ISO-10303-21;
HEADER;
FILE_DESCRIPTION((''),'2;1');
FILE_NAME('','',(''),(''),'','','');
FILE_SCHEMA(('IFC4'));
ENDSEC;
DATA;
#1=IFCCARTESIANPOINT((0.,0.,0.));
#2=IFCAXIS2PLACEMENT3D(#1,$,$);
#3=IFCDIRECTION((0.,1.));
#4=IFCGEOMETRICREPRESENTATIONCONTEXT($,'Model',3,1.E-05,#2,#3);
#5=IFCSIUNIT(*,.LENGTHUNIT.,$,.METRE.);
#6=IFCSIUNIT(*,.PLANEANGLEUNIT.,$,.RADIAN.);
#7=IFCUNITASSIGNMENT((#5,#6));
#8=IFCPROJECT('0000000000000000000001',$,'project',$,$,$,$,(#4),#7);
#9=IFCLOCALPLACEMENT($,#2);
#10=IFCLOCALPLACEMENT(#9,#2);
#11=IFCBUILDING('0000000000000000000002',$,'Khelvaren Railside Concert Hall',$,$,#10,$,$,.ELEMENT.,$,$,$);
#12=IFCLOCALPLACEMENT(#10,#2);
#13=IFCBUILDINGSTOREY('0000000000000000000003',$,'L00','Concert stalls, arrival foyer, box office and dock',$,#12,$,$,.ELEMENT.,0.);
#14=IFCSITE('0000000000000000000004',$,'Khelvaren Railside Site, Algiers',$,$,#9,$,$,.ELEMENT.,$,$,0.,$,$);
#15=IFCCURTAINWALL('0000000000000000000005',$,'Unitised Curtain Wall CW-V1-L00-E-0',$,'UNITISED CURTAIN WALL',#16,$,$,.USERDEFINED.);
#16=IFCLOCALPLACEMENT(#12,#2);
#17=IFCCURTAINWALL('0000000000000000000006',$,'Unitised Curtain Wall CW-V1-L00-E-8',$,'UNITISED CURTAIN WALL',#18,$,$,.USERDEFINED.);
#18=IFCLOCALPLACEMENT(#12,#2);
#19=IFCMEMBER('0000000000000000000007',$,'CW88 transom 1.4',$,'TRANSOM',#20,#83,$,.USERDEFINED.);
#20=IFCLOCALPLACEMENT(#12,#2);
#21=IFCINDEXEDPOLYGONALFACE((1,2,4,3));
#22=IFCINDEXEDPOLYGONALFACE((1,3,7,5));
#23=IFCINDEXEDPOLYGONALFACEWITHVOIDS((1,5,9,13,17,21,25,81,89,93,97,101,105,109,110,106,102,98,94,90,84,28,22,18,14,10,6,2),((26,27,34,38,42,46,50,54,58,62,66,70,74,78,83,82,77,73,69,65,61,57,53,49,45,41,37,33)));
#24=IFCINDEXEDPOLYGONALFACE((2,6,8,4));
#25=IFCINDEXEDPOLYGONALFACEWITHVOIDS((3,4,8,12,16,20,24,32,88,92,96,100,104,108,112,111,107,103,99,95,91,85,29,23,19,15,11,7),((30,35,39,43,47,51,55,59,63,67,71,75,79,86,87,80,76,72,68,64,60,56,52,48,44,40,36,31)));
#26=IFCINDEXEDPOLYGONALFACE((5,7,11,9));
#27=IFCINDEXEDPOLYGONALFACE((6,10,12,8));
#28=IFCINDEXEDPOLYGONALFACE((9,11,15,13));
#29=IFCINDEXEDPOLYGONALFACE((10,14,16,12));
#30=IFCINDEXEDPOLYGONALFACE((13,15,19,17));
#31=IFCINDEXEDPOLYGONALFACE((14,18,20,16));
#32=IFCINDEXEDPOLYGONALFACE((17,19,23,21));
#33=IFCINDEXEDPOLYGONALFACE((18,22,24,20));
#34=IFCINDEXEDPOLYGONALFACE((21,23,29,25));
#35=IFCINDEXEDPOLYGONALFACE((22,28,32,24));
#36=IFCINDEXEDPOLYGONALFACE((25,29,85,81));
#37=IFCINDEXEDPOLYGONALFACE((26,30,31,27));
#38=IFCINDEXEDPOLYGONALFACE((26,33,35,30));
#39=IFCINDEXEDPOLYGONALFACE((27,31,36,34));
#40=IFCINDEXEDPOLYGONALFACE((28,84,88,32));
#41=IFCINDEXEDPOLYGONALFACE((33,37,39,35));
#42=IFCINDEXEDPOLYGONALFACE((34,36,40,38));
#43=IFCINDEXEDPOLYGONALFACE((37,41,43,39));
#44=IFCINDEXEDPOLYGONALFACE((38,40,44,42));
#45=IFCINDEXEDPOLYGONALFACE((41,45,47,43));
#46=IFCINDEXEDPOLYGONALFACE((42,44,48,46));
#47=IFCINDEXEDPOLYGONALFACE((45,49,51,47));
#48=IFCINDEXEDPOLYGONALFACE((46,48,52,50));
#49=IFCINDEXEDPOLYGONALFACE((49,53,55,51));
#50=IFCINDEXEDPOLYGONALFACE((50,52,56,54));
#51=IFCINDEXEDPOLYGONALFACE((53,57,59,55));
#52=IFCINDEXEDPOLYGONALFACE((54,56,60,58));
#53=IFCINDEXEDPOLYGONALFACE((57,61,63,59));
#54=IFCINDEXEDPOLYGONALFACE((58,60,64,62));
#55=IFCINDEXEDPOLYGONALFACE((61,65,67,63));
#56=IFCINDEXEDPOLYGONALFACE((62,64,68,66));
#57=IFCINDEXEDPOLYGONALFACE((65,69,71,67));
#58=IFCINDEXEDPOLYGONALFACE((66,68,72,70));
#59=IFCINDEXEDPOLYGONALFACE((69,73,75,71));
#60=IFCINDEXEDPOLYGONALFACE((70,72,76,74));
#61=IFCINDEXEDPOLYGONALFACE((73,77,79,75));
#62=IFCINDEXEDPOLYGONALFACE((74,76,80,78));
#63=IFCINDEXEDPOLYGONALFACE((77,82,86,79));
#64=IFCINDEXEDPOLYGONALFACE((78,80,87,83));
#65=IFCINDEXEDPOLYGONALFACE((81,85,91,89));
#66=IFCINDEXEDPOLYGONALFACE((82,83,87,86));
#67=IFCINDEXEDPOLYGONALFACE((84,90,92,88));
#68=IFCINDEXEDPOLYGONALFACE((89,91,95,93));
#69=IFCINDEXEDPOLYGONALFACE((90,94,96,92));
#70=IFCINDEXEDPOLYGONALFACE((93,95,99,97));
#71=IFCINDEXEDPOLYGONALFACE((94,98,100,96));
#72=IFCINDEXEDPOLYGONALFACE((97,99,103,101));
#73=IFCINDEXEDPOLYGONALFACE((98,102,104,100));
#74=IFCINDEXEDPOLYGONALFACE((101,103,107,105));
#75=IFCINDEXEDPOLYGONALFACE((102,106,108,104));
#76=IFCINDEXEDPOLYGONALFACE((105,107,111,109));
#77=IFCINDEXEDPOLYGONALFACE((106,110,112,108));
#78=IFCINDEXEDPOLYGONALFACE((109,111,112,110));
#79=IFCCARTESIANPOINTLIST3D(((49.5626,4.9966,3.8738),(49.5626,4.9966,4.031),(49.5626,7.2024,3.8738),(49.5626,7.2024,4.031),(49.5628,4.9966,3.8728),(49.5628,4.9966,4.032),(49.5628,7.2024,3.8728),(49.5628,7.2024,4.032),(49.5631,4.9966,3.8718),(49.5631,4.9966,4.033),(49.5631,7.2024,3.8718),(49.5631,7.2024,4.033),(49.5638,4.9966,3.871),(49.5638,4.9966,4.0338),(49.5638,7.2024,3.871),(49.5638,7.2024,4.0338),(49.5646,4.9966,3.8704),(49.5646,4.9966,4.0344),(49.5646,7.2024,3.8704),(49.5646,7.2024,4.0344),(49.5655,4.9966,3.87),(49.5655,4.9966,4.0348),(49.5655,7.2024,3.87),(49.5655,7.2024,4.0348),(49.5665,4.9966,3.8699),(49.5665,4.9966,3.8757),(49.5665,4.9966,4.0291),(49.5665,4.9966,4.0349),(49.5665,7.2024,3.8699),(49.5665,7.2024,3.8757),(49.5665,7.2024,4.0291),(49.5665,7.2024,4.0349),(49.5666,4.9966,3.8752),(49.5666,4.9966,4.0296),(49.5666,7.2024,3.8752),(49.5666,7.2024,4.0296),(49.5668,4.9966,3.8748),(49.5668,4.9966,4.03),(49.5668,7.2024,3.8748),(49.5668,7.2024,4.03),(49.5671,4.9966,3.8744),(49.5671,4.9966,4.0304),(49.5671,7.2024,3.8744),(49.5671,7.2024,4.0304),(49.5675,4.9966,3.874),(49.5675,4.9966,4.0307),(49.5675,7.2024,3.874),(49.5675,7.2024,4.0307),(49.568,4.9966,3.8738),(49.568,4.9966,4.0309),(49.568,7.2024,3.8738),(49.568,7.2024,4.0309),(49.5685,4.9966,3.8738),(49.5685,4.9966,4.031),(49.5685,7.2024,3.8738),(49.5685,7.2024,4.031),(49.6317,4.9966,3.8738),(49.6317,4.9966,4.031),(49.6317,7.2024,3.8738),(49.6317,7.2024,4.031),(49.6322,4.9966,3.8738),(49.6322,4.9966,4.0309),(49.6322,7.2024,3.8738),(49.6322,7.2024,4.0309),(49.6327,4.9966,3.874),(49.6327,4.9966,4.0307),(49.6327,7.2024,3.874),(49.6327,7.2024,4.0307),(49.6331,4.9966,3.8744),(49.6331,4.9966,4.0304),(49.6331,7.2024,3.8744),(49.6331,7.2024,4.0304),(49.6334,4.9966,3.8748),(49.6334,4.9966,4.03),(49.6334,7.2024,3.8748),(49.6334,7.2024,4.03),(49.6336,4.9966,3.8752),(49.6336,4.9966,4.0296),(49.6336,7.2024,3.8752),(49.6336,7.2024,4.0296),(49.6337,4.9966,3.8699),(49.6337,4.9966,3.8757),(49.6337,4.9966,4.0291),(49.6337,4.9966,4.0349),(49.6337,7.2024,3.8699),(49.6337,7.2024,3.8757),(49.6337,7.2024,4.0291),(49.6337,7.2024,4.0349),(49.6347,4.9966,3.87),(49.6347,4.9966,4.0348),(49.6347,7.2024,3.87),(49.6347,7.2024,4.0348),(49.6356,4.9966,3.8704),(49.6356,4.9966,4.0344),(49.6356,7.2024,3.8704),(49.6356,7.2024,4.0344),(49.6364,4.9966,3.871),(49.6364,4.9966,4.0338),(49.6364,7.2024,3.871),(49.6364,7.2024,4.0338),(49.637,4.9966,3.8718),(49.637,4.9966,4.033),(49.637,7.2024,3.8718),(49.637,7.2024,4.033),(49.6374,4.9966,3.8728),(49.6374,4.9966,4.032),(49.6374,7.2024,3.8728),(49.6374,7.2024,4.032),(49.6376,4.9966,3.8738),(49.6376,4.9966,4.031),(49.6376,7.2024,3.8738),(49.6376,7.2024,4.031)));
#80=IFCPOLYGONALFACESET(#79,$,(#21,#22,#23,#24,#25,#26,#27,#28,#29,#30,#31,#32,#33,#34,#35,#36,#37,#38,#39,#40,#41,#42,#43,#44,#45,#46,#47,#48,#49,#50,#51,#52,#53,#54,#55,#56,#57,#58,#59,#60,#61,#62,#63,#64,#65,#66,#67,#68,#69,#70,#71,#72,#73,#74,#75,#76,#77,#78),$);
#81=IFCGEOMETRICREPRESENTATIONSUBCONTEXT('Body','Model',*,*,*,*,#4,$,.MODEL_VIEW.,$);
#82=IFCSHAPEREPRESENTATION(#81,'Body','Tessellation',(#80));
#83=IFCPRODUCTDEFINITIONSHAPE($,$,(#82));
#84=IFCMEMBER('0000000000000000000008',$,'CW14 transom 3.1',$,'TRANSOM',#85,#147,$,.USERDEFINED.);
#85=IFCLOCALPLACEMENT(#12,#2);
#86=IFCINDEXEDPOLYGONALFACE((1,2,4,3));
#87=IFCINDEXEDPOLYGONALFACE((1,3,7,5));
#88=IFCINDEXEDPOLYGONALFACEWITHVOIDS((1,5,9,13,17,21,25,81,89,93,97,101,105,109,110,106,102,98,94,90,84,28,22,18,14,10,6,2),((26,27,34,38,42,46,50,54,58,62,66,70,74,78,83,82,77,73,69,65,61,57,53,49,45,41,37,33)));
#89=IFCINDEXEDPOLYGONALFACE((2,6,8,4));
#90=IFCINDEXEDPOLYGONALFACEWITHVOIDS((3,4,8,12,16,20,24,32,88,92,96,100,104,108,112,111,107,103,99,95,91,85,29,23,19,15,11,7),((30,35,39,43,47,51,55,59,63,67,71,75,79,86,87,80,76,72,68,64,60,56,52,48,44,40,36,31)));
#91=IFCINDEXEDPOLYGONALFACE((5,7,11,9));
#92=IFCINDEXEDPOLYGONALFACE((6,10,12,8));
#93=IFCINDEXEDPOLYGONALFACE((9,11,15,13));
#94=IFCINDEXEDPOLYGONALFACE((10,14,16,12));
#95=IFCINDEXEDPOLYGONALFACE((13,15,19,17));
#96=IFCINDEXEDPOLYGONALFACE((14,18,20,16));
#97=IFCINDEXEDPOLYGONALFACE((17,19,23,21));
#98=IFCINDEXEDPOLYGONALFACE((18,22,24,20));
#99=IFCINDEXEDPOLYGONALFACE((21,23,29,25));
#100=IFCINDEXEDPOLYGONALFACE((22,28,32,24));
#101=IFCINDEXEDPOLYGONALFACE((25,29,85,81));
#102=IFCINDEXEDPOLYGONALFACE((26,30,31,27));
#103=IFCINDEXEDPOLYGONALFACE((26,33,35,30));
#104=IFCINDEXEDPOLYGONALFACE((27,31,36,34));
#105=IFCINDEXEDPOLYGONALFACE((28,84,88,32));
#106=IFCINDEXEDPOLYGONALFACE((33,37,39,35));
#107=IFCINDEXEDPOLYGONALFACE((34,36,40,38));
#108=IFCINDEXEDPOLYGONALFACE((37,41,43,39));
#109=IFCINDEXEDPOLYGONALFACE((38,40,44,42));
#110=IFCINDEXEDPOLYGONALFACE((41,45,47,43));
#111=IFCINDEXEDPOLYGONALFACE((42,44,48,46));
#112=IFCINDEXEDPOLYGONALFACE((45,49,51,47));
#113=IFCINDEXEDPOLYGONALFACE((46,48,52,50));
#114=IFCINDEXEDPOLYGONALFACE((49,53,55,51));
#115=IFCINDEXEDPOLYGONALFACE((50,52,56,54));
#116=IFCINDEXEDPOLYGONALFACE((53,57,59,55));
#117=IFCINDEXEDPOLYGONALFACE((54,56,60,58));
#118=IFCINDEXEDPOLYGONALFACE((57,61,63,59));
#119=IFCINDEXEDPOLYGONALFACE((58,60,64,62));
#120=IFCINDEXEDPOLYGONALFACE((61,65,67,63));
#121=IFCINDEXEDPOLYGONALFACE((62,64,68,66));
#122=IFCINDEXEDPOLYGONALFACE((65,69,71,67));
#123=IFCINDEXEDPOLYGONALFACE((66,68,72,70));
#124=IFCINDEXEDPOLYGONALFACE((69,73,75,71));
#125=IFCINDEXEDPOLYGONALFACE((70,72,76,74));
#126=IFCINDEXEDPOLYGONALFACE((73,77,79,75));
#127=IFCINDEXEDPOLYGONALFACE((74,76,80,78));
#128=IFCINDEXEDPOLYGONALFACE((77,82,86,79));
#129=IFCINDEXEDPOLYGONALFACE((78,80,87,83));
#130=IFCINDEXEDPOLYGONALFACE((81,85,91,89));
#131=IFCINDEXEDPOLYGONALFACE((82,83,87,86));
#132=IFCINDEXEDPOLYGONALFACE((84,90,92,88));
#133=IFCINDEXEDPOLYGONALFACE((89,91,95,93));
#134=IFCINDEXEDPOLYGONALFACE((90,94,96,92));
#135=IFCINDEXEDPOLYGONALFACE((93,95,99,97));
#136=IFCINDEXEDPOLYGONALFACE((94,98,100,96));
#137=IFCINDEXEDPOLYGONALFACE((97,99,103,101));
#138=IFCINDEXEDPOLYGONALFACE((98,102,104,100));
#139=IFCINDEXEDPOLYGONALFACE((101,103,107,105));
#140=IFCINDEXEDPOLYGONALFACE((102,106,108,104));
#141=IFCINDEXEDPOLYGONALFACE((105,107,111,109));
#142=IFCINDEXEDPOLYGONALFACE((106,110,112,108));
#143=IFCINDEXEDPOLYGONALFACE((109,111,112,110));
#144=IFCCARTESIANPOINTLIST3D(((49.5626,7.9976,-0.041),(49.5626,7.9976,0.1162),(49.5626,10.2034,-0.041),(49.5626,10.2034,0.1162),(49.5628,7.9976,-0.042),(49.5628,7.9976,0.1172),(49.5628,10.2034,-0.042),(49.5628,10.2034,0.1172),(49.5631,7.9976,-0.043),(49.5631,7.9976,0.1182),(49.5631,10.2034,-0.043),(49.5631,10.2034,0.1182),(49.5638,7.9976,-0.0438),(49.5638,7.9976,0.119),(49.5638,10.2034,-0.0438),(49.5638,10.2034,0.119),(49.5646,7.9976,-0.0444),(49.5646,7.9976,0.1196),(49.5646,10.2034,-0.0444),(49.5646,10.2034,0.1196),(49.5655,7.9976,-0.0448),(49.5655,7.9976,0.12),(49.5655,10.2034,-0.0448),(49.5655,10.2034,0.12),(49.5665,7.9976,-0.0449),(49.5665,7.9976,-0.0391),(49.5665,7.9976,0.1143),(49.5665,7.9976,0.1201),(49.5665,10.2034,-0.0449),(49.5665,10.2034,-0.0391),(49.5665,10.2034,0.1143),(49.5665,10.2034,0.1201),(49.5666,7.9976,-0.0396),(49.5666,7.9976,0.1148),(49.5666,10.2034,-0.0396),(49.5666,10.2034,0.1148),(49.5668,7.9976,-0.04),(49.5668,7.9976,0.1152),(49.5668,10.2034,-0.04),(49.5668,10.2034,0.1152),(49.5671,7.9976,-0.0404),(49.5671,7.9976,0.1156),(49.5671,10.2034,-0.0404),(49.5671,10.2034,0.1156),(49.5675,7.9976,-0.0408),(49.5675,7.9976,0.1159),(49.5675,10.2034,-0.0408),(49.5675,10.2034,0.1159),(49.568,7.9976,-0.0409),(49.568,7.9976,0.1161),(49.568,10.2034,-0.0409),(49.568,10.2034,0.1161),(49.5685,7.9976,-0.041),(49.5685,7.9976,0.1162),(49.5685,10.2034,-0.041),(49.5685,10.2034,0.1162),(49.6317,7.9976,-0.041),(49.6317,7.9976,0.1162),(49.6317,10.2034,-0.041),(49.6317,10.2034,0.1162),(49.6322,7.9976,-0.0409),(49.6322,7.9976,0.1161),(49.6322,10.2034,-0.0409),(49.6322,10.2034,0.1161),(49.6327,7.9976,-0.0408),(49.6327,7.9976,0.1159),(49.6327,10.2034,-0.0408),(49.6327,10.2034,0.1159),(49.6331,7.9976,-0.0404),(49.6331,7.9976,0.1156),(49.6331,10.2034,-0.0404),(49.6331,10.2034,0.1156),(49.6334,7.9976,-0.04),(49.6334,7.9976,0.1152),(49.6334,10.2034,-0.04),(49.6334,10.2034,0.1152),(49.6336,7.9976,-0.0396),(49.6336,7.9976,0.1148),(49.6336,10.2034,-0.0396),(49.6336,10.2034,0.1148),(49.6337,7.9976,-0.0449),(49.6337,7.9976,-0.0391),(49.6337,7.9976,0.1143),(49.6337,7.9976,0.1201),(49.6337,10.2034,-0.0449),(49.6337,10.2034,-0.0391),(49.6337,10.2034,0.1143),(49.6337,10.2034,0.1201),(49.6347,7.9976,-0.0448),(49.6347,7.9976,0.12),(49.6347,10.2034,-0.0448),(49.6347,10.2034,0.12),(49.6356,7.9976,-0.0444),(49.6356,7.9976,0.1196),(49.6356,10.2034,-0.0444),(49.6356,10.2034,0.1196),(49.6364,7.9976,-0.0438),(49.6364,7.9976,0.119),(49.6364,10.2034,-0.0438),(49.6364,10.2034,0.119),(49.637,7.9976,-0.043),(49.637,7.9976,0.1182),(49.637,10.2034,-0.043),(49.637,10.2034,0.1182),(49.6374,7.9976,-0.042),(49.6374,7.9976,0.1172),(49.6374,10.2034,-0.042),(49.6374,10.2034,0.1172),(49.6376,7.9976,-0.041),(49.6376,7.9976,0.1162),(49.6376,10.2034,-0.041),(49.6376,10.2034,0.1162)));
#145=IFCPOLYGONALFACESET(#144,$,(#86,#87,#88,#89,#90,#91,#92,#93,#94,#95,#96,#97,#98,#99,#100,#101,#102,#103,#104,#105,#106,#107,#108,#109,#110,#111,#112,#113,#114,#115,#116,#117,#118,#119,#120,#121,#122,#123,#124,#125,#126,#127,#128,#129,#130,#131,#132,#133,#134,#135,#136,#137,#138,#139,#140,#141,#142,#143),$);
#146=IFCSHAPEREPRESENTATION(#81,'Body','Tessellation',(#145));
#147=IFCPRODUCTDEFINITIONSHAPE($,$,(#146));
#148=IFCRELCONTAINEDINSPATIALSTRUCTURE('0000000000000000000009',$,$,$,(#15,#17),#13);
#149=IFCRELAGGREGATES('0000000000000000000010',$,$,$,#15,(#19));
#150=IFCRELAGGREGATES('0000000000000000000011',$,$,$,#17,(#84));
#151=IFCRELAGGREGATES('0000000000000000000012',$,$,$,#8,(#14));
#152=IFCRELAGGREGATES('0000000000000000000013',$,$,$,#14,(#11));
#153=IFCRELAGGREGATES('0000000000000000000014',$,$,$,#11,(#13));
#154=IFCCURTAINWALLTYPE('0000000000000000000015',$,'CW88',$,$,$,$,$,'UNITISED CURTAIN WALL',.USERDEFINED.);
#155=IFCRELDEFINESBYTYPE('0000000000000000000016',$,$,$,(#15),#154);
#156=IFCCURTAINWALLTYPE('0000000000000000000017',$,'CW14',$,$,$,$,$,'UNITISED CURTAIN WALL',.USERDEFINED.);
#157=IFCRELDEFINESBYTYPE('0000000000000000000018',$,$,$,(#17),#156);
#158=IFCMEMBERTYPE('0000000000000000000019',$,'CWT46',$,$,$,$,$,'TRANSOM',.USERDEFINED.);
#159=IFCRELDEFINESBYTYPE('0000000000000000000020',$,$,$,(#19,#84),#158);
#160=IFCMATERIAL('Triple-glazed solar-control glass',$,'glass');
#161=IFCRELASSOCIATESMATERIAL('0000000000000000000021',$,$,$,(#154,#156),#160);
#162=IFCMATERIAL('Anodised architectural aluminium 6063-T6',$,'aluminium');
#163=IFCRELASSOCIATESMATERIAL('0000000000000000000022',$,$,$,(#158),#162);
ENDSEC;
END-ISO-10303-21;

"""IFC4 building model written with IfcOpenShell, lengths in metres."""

from ifc_helpers import new_model, si_unit, direction, frame, origin, origin_2d, place, context, subcontext, project, spatial, hollow_rectangle, extrude, material, material_profile, profile_set, type_object, element, aggregate, save


model = new_model("IFC4")

# Units and contexts
model_context = context("Model", 3, precision=1e-05, world=origin(), true_north=direction((0.0, 1.0)))
body_context = subcontext(model_context, "Body", "Model", "MODEL_VIEW")
ifc_project = project(units=[si_unit("LENGTHUNIT", "METRE"), si_unit("PLANEANGLEUNIT", "RADIAN")], contexts=[model_context])

# Site, building, storey
site_placement = place(None, origin())
site = spatial("IfcSite", under=ifc_project, at=site_placement, Name="Khelvaren Railside Site, Algiers", CompositionType="ELEMENT", RefElevation=0.0)
building_placement = place(site_placement, origin())
building = spatial("IfcBuilding", under=site, at=building_placement, Name="Khelvaren Railside Concert Hall", CompositionType="ELEMENT")
storey_placement = place(building_placement, origin())
storey = spatial("IfcBuildingStorey", under=building, at=storey_placement, Name="L00", Description="Concert stalls, arrival foyer, box office and dock", CompositionType="ELEMENT", Elevation=0.0)

# Curtain wall
ifc_material_1 = material(Name="Triple-glazed solar-control glass", Category="glass")
curtain_wall_type_1 = type_object("IfcCurtainWallType", Name="CW88", ElementType="UNITISED CURTAIN WALL", PredefinedType="USERDEFINED", material=ifc_material_1)
curtain_wall_1_placement = place(storey_placement, origin())
curtain_wall_1 = element("IfcCurtainWall", 1, at=curtain_wall_1_placement, inside=storey, type_object=curtain_wall_type_1, Name="Unitised Curtain Wall CW-V1-L00-E-0", ObjectType="UNITISED CURTAIN WALL", PredefinedType="USERDEFINED")
ifc_material_2 = material(Name="Anodised architectural aluminium 6063-T6", Category="aluminium")

# Curtain wall
curtain_wall_type_2 = type_object("IfcCurtainWallType", Name="CW14", ElementType="UNITISED CURTAIN WALL", PredefinedType="USERDEFINED", material=ifc_material_1)
curtain_wall_2_placement = place(storey_placement, origin())
curtain_wall_2 = element("IfcCurtainWall", 2, at=curtain_wall_2_placement, inside=storey, type_object=curtain_wall_type_2, Name="Unitised Curtain Wall CW-V1-L00-E-8", ObjectType="UNITISED CURTAIN WALL", PredefinedType="USERDEFINED")

# Members
ifc_material_profile_1 = material_profile(ifc_material_2, hollow_rectangle(XDim=0.075, YDim=0.165, WallThickness=0.0039, InnerFilletRadius=0.002, OuterFilletRadius=0.0039, at=origin_2d()), Name="CWT 75x165x4")
ifc_profile_set_1 = profile_set([ifc_material_profile_1], Name="Anodised architectural aluminium 6063-T6")
member_type_1 = type_object("IfcMemberType", Name="CWT46", ElementType="TRANSOM", PredefinedType="USERDEFINED", material=ifc_profile_set_1)
member_1_placement = place(storey_placement, frame((49.6001, 7.2024, 3.9524), z_axis=(0.0, -1.0, 0.0), x_axis=(1.0, 0.0, 0.0)))
member_1 = element("IfcMember", 3, at=member_1_placement, type_object=member_type_1, Name="CW88 transom 1.4", ObjectType="TRANSOM", PredefinedType="USERDEFINED", context=body_context, shape_type="SweptSolid", body=[
    extrude(hollow_rectangle(XDim=0.075, YDim=0.165, WallThickness=0.0039, InnerFilletRadius=0.002, OuterFilletRadius=0.0039, at=origin_2d()), origin(), (0.0, 0.0, 1.0), 2.2058),
])
member_2_placement = place(storey_placement, frame((49.6001, 10.2034, 0.0376), z_axis=(0.0, -1.0, 0.0), x_axis=(1.0, 0.0, 0.0)))
member_2 = element("IfcMember", 4, at=member_2_placement, type_object=member_type_1, Name="CW14 transom 3.1", ObjectType="TRANSOM", PredefinedType="USERDEFINED", context=body_context, shape_type="SweptSolid", body=[
    extrude(hollow_rectangle(XDim=0.075, YDim=0.165, WallThickness=0.0039, InnerFilletRadius=0.002, OuterFilletRadius=0.0039, at=origin_2d()), origin(), (0.0, 0.0, 1.0), 2.2058),
])

aggregate(curtain_wall_1, [member_1])
aggregate(curtain_wall_2, [member_2])

save(model, "model.ifc")
